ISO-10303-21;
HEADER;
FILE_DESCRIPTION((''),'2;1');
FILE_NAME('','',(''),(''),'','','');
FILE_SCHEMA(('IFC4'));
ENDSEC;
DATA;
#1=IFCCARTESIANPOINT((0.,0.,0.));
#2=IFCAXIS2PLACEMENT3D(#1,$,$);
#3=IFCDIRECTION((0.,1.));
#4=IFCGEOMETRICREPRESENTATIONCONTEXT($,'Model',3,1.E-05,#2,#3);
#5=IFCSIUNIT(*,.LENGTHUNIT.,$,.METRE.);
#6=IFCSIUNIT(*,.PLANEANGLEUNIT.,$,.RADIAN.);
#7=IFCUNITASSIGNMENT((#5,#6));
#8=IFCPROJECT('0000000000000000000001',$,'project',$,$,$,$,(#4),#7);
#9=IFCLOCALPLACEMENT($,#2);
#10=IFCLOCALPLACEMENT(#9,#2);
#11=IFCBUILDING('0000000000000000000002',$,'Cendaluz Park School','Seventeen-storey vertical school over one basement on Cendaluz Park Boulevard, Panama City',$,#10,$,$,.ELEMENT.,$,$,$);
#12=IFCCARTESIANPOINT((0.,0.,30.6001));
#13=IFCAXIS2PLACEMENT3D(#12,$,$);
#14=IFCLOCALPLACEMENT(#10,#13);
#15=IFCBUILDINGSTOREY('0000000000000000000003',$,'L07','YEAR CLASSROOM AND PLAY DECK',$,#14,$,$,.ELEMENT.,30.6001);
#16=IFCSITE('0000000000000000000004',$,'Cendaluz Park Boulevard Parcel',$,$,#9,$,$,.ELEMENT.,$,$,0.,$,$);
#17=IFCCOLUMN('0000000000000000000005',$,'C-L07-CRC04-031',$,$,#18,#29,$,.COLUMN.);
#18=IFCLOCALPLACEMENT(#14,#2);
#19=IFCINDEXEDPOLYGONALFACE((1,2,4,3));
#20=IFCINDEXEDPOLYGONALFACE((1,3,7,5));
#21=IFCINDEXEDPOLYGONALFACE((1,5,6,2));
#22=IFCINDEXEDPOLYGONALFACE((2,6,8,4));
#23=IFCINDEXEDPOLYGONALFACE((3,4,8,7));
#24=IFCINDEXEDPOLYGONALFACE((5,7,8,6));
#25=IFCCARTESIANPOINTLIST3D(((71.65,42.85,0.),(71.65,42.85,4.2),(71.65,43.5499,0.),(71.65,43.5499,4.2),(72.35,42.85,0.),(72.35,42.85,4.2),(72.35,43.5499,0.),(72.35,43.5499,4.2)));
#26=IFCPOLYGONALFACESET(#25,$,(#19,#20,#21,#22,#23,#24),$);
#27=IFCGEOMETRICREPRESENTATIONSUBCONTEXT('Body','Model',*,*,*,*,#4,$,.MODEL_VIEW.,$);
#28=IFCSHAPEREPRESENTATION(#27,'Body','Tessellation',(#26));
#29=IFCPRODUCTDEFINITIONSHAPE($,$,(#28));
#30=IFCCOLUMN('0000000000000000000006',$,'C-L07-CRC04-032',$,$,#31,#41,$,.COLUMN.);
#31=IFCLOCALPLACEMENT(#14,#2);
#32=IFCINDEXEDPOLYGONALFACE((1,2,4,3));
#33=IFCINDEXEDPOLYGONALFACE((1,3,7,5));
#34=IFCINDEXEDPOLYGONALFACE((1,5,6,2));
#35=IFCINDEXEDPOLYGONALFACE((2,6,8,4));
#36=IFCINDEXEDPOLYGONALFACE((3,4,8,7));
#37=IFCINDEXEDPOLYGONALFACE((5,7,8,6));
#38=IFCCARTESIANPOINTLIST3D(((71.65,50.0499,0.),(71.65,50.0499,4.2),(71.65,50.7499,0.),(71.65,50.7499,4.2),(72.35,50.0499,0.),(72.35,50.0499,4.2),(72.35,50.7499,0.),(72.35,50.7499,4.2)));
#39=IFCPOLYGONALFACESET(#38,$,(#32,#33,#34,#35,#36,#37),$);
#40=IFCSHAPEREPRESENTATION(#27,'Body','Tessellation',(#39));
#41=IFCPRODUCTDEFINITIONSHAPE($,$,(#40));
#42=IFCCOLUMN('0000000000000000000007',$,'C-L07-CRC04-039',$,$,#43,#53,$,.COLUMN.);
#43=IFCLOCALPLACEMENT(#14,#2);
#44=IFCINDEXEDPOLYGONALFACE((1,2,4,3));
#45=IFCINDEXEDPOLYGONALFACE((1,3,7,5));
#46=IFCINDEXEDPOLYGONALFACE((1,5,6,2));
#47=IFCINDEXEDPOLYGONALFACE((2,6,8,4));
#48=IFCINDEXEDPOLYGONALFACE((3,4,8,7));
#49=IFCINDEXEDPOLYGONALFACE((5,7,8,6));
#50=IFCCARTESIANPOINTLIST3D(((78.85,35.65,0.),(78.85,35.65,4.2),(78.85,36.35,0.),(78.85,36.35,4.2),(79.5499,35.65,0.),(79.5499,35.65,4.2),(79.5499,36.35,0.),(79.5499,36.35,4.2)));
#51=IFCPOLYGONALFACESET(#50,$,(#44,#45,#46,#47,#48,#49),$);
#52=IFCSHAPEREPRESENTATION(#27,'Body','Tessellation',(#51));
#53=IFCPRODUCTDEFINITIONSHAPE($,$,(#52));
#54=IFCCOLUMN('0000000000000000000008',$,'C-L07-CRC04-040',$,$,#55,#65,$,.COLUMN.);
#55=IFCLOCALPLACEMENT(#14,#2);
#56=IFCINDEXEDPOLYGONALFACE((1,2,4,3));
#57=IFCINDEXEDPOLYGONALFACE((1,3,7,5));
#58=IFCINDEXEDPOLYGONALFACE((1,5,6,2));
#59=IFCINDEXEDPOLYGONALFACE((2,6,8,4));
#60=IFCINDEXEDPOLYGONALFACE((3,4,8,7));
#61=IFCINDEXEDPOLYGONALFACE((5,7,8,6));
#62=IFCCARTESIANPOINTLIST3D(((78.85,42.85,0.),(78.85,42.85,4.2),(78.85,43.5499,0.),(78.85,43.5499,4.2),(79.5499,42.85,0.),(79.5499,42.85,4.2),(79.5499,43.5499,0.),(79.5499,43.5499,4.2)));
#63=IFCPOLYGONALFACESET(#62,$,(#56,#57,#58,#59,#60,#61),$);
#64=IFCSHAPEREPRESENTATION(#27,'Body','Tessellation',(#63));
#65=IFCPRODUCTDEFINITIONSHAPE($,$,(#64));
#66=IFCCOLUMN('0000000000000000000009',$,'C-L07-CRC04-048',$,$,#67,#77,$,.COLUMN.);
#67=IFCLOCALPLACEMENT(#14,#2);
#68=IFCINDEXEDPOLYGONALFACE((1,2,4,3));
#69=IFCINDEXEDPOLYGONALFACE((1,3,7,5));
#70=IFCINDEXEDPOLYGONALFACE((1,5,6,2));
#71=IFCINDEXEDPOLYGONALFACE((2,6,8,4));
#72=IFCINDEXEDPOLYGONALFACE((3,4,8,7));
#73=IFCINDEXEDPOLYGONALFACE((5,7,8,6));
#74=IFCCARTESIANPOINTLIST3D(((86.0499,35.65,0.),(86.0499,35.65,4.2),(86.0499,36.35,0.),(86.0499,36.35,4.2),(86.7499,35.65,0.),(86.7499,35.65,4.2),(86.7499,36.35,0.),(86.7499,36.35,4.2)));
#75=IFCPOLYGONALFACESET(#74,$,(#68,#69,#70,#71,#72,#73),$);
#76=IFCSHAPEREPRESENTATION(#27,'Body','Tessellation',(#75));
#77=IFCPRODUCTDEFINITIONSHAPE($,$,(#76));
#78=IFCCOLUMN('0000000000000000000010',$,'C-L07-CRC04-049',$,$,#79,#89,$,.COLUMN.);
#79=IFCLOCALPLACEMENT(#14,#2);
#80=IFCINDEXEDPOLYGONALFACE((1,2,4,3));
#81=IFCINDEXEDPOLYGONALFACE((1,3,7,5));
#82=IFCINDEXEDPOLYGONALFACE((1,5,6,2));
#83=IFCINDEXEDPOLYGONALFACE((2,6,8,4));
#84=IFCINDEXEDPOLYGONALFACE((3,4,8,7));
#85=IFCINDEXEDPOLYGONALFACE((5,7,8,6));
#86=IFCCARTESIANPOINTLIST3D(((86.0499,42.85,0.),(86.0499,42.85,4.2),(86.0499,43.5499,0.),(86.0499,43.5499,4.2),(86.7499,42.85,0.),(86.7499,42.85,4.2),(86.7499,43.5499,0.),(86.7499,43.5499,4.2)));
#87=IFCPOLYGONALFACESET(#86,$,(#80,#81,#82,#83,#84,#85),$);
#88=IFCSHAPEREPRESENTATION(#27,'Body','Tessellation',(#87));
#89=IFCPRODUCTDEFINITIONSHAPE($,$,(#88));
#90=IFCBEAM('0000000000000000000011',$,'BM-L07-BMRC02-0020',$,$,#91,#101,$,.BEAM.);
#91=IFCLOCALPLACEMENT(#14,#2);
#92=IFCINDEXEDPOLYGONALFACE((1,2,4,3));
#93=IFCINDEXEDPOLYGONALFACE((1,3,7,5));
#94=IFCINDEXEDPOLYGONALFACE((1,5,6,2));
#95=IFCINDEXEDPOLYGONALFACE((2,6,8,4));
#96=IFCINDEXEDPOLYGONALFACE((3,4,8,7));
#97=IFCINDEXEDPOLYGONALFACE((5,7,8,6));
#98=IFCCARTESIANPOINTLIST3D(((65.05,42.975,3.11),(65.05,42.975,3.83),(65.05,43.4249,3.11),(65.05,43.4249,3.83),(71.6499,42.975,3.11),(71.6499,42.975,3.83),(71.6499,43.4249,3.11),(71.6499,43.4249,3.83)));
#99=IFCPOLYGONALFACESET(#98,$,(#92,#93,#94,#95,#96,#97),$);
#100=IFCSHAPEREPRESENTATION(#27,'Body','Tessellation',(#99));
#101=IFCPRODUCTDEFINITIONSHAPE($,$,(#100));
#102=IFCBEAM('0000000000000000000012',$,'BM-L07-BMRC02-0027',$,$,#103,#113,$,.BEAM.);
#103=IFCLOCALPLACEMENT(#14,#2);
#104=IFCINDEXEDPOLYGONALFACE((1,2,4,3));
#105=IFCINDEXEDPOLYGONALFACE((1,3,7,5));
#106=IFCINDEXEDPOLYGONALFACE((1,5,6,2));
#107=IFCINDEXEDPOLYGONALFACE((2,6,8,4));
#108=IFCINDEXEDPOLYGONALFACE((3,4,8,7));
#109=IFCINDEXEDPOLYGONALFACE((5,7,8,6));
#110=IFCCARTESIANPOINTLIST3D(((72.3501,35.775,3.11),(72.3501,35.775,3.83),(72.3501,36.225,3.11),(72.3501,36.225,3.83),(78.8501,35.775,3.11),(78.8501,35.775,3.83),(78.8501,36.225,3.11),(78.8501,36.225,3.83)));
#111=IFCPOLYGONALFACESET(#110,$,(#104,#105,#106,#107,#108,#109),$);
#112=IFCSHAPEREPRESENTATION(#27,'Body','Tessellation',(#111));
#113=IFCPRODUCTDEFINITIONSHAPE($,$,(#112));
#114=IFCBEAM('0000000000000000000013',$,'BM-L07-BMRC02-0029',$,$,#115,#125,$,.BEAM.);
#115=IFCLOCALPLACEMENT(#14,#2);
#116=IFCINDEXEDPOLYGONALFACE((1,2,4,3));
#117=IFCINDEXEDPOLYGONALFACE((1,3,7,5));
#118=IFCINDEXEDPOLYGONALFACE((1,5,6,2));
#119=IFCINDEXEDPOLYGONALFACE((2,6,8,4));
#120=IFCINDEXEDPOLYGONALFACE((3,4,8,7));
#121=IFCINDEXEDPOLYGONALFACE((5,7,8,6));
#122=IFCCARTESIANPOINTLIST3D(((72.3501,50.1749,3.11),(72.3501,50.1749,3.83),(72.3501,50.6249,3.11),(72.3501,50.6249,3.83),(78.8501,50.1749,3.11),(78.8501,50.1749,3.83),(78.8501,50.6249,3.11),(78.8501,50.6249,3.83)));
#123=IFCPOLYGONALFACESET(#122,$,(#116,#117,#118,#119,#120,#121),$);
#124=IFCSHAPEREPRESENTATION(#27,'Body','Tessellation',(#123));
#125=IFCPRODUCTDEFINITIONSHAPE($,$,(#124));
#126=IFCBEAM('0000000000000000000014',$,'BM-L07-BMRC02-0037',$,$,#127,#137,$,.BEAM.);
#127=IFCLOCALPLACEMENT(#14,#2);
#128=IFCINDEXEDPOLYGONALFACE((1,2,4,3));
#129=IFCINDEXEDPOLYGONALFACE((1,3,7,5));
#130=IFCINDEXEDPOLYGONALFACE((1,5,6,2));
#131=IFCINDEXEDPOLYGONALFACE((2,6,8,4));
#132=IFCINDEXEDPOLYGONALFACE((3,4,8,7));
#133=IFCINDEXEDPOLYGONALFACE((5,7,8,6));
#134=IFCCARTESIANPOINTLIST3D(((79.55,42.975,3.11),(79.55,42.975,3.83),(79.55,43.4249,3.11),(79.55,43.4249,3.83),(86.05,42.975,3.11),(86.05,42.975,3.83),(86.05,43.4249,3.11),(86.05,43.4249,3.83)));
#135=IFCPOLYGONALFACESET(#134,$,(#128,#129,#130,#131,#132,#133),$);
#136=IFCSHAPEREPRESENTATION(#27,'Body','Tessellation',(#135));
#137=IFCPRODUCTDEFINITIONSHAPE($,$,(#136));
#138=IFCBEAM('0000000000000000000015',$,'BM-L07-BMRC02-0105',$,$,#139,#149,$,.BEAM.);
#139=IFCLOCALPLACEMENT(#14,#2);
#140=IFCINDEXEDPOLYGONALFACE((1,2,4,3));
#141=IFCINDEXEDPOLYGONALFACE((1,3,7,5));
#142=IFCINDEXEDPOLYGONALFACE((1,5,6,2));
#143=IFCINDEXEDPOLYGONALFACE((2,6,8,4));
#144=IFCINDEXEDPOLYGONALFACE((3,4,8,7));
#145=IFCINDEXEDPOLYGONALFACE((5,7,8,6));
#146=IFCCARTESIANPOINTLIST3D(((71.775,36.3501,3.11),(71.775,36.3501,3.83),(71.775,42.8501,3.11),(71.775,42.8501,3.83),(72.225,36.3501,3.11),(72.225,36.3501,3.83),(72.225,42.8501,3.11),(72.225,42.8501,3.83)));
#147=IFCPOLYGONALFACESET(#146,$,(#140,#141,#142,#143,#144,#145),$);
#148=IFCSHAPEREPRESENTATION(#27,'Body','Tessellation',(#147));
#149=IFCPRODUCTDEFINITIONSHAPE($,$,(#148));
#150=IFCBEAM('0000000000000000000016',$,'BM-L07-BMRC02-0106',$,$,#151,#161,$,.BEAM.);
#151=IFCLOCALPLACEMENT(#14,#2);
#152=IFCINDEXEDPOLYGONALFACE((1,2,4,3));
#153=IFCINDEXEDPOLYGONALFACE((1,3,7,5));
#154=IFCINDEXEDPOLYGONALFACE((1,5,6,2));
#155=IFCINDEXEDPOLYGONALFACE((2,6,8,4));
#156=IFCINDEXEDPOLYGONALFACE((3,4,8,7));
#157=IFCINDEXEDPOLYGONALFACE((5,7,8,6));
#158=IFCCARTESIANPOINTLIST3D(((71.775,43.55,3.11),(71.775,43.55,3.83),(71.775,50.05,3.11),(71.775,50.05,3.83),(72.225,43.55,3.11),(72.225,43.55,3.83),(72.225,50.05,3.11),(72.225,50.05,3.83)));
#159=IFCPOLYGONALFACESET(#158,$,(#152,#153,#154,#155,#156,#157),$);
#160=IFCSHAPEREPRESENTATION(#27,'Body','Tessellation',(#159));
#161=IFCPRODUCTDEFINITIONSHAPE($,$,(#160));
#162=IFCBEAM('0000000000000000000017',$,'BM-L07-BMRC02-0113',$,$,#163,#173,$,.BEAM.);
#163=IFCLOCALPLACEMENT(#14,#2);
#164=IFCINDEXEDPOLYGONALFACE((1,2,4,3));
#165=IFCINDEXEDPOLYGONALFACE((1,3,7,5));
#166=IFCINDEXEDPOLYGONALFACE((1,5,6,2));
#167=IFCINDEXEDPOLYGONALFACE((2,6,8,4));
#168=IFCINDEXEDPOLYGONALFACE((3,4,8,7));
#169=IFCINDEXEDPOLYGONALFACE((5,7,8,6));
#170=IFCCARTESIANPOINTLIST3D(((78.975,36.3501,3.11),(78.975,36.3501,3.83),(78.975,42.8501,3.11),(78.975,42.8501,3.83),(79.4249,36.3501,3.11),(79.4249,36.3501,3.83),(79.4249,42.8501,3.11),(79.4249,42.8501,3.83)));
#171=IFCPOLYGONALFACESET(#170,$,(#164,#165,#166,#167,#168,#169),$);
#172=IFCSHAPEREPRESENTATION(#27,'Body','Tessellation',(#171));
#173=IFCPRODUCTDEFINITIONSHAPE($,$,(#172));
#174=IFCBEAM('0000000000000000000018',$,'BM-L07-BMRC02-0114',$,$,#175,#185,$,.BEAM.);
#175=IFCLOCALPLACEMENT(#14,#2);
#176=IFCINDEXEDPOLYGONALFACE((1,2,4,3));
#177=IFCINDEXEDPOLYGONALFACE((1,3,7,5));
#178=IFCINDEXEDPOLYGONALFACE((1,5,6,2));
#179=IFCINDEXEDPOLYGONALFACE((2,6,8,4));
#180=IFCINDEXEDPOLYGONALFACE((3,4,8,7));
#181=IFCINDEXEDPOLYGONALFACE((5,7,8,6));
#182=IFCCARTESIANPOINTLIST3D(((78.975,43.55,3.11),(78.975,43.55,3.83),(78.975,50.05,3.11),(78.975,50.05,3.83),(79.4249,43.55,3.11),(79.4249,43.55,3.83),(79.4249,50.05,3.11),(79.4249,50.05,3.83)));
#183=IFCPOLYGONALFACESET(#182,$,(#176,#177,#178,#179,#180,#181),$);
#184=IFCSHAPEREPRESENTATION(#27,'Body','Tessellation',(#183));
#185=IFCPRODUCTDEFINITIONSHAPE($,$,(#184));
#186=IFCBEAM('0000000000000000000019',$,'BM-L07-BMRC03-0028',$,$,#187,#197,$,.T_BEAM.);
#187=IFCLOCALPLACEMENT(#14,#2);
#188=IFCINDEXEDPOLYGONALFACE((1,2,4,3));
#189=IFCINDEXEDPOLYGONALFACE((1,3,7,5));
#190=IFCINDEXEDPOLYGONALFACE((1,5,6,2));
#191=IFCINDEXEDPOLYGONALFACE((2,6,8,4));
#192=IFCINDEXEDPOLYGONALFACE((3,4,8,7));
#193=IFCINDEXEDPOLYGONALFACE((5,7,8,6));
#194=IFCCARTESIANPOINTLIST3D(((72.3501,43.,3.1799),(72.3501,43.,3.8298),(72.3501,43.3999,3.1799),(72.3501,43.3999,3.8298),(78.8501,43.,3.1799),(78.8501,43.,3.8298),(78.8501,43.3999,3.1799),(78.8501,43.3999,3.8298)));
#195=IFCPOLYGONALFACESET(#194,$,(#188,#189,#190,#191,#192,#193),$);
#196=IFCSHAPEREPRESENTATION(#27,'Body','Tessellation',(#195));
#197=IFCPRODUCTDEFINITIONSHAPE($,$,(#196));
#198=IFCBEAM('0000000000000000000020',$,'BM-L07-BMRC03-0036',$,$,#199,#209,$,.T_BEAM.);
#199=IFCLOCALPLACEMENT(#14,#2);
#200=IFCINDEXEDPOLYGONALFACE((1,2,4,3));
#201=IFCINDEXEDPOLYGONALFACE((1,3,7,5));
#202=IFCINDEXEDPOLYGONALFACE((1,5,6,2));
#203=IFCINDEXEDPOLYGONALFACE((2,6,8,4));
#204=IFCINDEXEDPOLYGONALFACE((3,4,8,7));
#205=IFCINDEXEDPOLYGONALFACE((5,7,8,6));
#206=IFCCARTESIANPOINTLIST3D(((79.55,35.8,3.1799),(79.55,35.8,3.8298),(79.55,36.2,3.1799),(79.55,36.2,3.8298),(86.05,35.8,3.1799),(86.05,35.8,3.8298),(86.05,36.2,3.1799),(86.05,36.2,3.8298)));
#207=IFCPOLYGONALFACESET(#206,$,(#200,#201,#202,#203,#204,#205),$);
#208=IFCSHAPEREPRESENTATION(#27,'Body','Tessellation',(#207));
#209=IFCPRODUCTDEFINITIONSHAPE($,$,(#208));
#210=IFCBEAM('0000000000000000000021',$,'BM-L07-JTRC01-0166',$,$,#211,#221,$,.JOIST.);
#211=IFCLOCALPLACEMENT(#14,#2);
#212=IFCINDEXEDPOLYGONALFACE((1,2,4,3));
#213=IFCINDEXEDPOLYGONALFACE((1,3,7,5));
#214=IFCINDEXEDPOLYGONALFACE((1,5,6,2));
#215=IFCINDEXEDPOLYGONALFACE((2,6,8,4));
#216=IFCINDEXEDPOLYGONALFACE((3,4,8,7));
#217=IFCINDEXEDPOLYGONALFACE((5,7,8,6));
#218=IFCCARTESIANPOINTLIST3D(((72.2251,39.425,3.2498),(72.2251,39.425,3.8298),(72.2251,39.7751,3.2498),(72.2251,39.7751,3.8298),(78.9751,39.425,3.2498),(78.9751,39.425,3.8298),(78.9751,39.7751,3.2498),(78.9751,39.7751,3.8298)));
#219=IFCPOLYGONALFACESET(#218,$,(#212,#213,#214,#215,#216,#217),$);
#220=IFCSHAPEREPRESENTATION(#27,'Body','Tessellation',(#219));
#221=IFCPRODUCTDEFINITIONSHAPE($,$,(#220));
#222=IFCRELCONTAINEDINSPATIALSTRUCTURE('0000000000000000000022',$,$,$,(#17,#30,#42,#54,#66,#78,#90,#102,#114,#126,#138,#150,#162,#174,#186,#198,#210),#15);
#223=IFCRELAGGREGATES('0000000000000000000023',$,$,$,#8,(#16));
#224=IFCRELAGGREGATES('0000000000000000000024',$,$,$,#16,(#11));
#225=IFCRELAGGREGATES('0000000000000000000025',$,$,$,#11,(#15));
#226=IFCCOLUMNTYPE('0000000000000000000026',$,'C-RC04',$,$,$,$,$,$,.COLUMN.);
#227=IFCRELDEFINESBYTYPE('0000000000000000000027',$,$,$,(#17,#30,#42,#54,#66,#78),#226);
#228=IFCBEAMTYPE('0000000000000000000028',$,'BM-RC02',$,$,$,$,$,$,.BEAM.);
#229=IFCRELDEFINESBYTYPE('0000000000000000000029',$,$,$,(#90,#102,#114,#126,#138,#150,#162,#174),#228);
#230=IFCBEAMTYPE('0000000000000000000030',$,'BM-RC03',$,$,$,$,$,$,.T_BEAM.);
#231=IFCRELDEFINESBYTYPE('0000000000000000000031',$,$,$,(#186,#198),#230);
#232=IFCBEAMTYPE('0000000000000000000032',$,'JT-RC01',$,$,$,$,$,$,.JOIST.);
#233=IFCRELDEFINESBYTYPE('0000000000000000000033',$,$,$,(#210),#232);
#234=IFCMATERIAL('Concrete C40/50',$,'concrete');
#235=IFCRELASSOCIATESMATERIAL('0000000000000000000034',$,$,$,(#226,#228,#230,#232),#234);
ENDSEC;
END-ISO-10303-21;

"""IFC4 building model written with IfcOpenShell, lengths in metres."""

from ifc_helpers import new_model, si_unit, direction, frame, origin, origin_2d, place, context, subcontext, project, spatial, rectangle, extrude, material, material_profile, profile_set, type_object, element, save


model = new_model("IFC4")

# Units and contexts
model_context = context("Model", 3, precision=1e-05, world=origin(), true_north=direction((0.0, 1.0)))
body_context = subcontext(model_context, "Body", "Model", "MODEL_VIEW")
ifc_project = project(units=[si_unit("LENGTHUNIT", "METRE"), si_unit("PLANEANGLEUNIT", "RADIAN")], contexts=[model_context])

# Site, building, storey
site_placement = place(None, origin())
site = spatial("IfcSite", under=ifc_project, at=site_placement, Name="Cendaluz Park Boulevard Parcel", CompositionType="ELEMENT", RefElevation=0.0)
building_placement = place(site_placement, origin())
building = spatial("IfcBuilding", under=site, at=building_placement, Name="Cendaluz Park School", Description="Seventeen-storey vertical school over one basement on Cendaluz Park Boulevard, Panama City", CompositionType="ELEMENT")
storey_placement = place(building_placement, frame((0.0, 0.0, 30.6001)))
storey = spatial("IfcBuildingStorey", under=building, at=storey_placement, Name="L07", Description="YEAR CLASSROOM AND PLAY DECK", CompositionType="ELEMENT", Elevation=30.6001)

# Columns
ifc_material_1 = material(Name="Concrete C40/50", Category="concrete")
ifc_material_profile_1 = material_profile(ifc_material_1, rectangle(XDim=0.7, YDim=0.7, at=origin_2d()), Name="RC 700x700", Category="concrete")
ifc_profile_set_1 = profile_set([ifc_material_profile_1], Name="Concrete C40/50")
column_type = type_object("IfcColumnType", Name="C-RC04", PredefinedType="COLUMN", material=ifc_profile_set_1)
for number, where, z_axis, x_axis, name in (
    (1, (72.0, 43.2, 0.0), (0.0, 0.0, 1.0), (1.0, 0.0, 0.0), "C-L07-CRC04-031"),
    (2, (72.0, 50.3999, 0.0), (0.0, 0.0, 1.0), (1.0, 0.0, 0.0), "C-L07-CRC04-032"),
    (3, (79.2, 36.0, 0.0), (0.0, 0.0, 1.0), (1.0, 0.0, 0.0), "C-L07-CRC04-039"),
    (4, (79.2, 43.2, 0.0), (0.0, 0.0, 1.0), (1.0, 0.0, 0.0), "C-L07-CRC04-040"),
    (5, (86.3999, 36.0, 0.0), (0.0, 0.0, 1.0), (1.0, 0.0, 0.0), "C-L07-CRC04-048"),
    (6, (86.3999, 43.2, 0.0), (0.0, 0.0, 1.0), (1.0, 0.0, 0.0), "C-L07-CRC04-049"),
):
    element("IfcColumn", number, at=place(storey_placement, frame(where, z_axis=z_axis, x_axis=x_axis)), inside=storey, type_object=column_type, Name=name, PredefinedType="COLUMN", context=body_context, shape_type="SweptSolid", body=[
        extrude(rectangle(XDim=0.7, YDim=0.7, at=origin_2d()), origin(), (0.0, 0.0, 1.0), 4.2),
    ])

# Beams
ifc_material_profile_2 = material_profile(ifc_material_1, rectangle(XDim=0.45, YDim=0.72, at=origin_2d()), Name="RC 450x720", Category="concrete")
ifc_profile_set_2 = profile_set([ifc_material_profile_2], Name="Concrete C40/50")
beam_type_1 = type_object("IfcBeamType", Name="BM-RC02", PredefinedType="BEAM", material=ifc_profile_set_2)
beam_1_placement = place(storey_placement, frame((65.05, 43.2, 3.47), z_axis=(1.0, 0.0, 0.0), x_axis=(0.0, 1.0, 0.0)))
element("IfcBeam", 7, at=beam_1_placement, inside=storey, type_object=beam_type_1, Name="BM-L07-BMRC02-0020", PredefinedType="BEAM", context=body_context, shape_type="SweptSolid", body=[
    extrude(rectangle(XDim=0.45, YDim=0.72, at=origin_2d()), origin(), (0.0, 0.0, 1.0), 6.5999),
])
for number, where, z_axis, x_axis, name in (
    (8, (72.3501, 36.0, 3.47), (1.0, 0.0, 0.0), (0.0, 1.0, 0.0), "BM-L07-BMRC02-0027"),
    (9, (72.3501, 50.3999, 3.47), (1.0, 0.0, 0.0), (0.0, 1.0, 0.0), "BM-L07-BMRC02-0029"),
    (10, (79.55, 43.2, 3.47), (1.0, 0.0, 0.0), (0.0, 1.0, 0.0), "BM-L07-BMRC02-0037"),
    (11, (72.0, 36.3501, 3.47), (0.0, 1.0, 0.0), (-1.0, 0.0, 0.0), "BM-L07-BMRC02-0105"),
    (12, (72.0, 43.55, 3.47), (0.0, 1.0, 0.0), (-1.0, 0.0, 0.0), "BM-L07-BMRC02-0106"),
    (13, (79.2, 36.3501, 3.47), (0.0, 1.0, 0.0), (-1.0, 0.0, 0.0), "BM-L07-BMRC02-0113"),
    (14, (79.2, 43.55, 3.47), (0.0, 1.0, 0.0), (-1.0, 0.0, 0.0), "BM-L07-BMRC02-0114"),
):
    element("IfcBeam", number, at=place(storey_placement, frame(where, z_axis=z_axis, x_axis=x_axis)), inside=storey, type_object=beam_type_1, Name=name, PredefinedType="BEAM", context=body_context, shape_type="SweptSolid", body=[
        extrude(rectangle(XDim=0.45, YDim=0.72, at=origin_2d()), origin(), (0.0, 0.0, 1.0), 6.5),
    ])
ifc_material_profile_3 = material_profile(ifc_material_1, rectangle(XDim=0.3999, YDim=0.6499, at=origin_2d()), Name="RC 400x650", Category="concrete")
ifc_profile_set_3 = profile_set([ifc_material_profile_3], Name="Concrete C40/50")
beam_type_2 = type_object("IfcBeamType", Name="BM-RC03", PredefinedType="T_BEAM", material=ifc_profile_set_3)
for number, where, z_axis, x_axis, name in (
    (15, (72.3501, 43.2, 3.5049), (1.0, 0.0, 0.0), (0.0, 1.0, 0.0), "BM-L07-BMRC03-0028"),
    (16, (79.55, 36.0, 3.5049), (1.0, 0.0, 0.0), (0.0, 1.0, 0.0), "BM-L07-BMRC03-0036"),
):
    element("IfcBeam", number, at=place(storey_placement, frame(where, z_axis=z_axis, x_axis=x_axis)), inside=storey, type_object=beam_type_2, Name=name, PredefinedType="T_BEAM", context=body_context, shape_type="SweptSolid", body=[
        extrude(rectangle(XDim=0.3999, YDim=0.6499, at=origin_2d()), origin(), (0.0, 0.0, 1.0), 6.5),
    ])
ifc_material_profile_4 = material_profile(ifc_material_1, rectangle(XDim=0.3501, YDim=0.5801, at=origin_2d()), Name="RC 350x580", Category="concrete")
ifc_profile_set_4 = profile_set([ifc_material_profile_4], Name="Concrete C40/50")
beam_type_3 = type_object("IfcBeamType", Name="JT-RC01", PredefinedType="JOIST", material=ifc_profile_set_4)
beam_2_placement = place(storey_placement, frame((72.2251, 39.6001, 3.5398), z_axis=(1.0, 0.0, 0.0), x_axis=(0.0, 1.0, 0.0)))
element("IfcBeam", 17, at=beam_2_placement, inside=storey, type_object=beam_type_3, Name="BM-L07-JTRC01-0166", PredefinedType="JOIST", context=body_context, shape_type="SweptSolid", body=[
    extrude(rectangle(XDim=0.3501, YDim=0.5801, at=origin_2d()), origin(), (0.0, 0.0, 1.0), 6.75),
])

save(model, "model.ifc")
